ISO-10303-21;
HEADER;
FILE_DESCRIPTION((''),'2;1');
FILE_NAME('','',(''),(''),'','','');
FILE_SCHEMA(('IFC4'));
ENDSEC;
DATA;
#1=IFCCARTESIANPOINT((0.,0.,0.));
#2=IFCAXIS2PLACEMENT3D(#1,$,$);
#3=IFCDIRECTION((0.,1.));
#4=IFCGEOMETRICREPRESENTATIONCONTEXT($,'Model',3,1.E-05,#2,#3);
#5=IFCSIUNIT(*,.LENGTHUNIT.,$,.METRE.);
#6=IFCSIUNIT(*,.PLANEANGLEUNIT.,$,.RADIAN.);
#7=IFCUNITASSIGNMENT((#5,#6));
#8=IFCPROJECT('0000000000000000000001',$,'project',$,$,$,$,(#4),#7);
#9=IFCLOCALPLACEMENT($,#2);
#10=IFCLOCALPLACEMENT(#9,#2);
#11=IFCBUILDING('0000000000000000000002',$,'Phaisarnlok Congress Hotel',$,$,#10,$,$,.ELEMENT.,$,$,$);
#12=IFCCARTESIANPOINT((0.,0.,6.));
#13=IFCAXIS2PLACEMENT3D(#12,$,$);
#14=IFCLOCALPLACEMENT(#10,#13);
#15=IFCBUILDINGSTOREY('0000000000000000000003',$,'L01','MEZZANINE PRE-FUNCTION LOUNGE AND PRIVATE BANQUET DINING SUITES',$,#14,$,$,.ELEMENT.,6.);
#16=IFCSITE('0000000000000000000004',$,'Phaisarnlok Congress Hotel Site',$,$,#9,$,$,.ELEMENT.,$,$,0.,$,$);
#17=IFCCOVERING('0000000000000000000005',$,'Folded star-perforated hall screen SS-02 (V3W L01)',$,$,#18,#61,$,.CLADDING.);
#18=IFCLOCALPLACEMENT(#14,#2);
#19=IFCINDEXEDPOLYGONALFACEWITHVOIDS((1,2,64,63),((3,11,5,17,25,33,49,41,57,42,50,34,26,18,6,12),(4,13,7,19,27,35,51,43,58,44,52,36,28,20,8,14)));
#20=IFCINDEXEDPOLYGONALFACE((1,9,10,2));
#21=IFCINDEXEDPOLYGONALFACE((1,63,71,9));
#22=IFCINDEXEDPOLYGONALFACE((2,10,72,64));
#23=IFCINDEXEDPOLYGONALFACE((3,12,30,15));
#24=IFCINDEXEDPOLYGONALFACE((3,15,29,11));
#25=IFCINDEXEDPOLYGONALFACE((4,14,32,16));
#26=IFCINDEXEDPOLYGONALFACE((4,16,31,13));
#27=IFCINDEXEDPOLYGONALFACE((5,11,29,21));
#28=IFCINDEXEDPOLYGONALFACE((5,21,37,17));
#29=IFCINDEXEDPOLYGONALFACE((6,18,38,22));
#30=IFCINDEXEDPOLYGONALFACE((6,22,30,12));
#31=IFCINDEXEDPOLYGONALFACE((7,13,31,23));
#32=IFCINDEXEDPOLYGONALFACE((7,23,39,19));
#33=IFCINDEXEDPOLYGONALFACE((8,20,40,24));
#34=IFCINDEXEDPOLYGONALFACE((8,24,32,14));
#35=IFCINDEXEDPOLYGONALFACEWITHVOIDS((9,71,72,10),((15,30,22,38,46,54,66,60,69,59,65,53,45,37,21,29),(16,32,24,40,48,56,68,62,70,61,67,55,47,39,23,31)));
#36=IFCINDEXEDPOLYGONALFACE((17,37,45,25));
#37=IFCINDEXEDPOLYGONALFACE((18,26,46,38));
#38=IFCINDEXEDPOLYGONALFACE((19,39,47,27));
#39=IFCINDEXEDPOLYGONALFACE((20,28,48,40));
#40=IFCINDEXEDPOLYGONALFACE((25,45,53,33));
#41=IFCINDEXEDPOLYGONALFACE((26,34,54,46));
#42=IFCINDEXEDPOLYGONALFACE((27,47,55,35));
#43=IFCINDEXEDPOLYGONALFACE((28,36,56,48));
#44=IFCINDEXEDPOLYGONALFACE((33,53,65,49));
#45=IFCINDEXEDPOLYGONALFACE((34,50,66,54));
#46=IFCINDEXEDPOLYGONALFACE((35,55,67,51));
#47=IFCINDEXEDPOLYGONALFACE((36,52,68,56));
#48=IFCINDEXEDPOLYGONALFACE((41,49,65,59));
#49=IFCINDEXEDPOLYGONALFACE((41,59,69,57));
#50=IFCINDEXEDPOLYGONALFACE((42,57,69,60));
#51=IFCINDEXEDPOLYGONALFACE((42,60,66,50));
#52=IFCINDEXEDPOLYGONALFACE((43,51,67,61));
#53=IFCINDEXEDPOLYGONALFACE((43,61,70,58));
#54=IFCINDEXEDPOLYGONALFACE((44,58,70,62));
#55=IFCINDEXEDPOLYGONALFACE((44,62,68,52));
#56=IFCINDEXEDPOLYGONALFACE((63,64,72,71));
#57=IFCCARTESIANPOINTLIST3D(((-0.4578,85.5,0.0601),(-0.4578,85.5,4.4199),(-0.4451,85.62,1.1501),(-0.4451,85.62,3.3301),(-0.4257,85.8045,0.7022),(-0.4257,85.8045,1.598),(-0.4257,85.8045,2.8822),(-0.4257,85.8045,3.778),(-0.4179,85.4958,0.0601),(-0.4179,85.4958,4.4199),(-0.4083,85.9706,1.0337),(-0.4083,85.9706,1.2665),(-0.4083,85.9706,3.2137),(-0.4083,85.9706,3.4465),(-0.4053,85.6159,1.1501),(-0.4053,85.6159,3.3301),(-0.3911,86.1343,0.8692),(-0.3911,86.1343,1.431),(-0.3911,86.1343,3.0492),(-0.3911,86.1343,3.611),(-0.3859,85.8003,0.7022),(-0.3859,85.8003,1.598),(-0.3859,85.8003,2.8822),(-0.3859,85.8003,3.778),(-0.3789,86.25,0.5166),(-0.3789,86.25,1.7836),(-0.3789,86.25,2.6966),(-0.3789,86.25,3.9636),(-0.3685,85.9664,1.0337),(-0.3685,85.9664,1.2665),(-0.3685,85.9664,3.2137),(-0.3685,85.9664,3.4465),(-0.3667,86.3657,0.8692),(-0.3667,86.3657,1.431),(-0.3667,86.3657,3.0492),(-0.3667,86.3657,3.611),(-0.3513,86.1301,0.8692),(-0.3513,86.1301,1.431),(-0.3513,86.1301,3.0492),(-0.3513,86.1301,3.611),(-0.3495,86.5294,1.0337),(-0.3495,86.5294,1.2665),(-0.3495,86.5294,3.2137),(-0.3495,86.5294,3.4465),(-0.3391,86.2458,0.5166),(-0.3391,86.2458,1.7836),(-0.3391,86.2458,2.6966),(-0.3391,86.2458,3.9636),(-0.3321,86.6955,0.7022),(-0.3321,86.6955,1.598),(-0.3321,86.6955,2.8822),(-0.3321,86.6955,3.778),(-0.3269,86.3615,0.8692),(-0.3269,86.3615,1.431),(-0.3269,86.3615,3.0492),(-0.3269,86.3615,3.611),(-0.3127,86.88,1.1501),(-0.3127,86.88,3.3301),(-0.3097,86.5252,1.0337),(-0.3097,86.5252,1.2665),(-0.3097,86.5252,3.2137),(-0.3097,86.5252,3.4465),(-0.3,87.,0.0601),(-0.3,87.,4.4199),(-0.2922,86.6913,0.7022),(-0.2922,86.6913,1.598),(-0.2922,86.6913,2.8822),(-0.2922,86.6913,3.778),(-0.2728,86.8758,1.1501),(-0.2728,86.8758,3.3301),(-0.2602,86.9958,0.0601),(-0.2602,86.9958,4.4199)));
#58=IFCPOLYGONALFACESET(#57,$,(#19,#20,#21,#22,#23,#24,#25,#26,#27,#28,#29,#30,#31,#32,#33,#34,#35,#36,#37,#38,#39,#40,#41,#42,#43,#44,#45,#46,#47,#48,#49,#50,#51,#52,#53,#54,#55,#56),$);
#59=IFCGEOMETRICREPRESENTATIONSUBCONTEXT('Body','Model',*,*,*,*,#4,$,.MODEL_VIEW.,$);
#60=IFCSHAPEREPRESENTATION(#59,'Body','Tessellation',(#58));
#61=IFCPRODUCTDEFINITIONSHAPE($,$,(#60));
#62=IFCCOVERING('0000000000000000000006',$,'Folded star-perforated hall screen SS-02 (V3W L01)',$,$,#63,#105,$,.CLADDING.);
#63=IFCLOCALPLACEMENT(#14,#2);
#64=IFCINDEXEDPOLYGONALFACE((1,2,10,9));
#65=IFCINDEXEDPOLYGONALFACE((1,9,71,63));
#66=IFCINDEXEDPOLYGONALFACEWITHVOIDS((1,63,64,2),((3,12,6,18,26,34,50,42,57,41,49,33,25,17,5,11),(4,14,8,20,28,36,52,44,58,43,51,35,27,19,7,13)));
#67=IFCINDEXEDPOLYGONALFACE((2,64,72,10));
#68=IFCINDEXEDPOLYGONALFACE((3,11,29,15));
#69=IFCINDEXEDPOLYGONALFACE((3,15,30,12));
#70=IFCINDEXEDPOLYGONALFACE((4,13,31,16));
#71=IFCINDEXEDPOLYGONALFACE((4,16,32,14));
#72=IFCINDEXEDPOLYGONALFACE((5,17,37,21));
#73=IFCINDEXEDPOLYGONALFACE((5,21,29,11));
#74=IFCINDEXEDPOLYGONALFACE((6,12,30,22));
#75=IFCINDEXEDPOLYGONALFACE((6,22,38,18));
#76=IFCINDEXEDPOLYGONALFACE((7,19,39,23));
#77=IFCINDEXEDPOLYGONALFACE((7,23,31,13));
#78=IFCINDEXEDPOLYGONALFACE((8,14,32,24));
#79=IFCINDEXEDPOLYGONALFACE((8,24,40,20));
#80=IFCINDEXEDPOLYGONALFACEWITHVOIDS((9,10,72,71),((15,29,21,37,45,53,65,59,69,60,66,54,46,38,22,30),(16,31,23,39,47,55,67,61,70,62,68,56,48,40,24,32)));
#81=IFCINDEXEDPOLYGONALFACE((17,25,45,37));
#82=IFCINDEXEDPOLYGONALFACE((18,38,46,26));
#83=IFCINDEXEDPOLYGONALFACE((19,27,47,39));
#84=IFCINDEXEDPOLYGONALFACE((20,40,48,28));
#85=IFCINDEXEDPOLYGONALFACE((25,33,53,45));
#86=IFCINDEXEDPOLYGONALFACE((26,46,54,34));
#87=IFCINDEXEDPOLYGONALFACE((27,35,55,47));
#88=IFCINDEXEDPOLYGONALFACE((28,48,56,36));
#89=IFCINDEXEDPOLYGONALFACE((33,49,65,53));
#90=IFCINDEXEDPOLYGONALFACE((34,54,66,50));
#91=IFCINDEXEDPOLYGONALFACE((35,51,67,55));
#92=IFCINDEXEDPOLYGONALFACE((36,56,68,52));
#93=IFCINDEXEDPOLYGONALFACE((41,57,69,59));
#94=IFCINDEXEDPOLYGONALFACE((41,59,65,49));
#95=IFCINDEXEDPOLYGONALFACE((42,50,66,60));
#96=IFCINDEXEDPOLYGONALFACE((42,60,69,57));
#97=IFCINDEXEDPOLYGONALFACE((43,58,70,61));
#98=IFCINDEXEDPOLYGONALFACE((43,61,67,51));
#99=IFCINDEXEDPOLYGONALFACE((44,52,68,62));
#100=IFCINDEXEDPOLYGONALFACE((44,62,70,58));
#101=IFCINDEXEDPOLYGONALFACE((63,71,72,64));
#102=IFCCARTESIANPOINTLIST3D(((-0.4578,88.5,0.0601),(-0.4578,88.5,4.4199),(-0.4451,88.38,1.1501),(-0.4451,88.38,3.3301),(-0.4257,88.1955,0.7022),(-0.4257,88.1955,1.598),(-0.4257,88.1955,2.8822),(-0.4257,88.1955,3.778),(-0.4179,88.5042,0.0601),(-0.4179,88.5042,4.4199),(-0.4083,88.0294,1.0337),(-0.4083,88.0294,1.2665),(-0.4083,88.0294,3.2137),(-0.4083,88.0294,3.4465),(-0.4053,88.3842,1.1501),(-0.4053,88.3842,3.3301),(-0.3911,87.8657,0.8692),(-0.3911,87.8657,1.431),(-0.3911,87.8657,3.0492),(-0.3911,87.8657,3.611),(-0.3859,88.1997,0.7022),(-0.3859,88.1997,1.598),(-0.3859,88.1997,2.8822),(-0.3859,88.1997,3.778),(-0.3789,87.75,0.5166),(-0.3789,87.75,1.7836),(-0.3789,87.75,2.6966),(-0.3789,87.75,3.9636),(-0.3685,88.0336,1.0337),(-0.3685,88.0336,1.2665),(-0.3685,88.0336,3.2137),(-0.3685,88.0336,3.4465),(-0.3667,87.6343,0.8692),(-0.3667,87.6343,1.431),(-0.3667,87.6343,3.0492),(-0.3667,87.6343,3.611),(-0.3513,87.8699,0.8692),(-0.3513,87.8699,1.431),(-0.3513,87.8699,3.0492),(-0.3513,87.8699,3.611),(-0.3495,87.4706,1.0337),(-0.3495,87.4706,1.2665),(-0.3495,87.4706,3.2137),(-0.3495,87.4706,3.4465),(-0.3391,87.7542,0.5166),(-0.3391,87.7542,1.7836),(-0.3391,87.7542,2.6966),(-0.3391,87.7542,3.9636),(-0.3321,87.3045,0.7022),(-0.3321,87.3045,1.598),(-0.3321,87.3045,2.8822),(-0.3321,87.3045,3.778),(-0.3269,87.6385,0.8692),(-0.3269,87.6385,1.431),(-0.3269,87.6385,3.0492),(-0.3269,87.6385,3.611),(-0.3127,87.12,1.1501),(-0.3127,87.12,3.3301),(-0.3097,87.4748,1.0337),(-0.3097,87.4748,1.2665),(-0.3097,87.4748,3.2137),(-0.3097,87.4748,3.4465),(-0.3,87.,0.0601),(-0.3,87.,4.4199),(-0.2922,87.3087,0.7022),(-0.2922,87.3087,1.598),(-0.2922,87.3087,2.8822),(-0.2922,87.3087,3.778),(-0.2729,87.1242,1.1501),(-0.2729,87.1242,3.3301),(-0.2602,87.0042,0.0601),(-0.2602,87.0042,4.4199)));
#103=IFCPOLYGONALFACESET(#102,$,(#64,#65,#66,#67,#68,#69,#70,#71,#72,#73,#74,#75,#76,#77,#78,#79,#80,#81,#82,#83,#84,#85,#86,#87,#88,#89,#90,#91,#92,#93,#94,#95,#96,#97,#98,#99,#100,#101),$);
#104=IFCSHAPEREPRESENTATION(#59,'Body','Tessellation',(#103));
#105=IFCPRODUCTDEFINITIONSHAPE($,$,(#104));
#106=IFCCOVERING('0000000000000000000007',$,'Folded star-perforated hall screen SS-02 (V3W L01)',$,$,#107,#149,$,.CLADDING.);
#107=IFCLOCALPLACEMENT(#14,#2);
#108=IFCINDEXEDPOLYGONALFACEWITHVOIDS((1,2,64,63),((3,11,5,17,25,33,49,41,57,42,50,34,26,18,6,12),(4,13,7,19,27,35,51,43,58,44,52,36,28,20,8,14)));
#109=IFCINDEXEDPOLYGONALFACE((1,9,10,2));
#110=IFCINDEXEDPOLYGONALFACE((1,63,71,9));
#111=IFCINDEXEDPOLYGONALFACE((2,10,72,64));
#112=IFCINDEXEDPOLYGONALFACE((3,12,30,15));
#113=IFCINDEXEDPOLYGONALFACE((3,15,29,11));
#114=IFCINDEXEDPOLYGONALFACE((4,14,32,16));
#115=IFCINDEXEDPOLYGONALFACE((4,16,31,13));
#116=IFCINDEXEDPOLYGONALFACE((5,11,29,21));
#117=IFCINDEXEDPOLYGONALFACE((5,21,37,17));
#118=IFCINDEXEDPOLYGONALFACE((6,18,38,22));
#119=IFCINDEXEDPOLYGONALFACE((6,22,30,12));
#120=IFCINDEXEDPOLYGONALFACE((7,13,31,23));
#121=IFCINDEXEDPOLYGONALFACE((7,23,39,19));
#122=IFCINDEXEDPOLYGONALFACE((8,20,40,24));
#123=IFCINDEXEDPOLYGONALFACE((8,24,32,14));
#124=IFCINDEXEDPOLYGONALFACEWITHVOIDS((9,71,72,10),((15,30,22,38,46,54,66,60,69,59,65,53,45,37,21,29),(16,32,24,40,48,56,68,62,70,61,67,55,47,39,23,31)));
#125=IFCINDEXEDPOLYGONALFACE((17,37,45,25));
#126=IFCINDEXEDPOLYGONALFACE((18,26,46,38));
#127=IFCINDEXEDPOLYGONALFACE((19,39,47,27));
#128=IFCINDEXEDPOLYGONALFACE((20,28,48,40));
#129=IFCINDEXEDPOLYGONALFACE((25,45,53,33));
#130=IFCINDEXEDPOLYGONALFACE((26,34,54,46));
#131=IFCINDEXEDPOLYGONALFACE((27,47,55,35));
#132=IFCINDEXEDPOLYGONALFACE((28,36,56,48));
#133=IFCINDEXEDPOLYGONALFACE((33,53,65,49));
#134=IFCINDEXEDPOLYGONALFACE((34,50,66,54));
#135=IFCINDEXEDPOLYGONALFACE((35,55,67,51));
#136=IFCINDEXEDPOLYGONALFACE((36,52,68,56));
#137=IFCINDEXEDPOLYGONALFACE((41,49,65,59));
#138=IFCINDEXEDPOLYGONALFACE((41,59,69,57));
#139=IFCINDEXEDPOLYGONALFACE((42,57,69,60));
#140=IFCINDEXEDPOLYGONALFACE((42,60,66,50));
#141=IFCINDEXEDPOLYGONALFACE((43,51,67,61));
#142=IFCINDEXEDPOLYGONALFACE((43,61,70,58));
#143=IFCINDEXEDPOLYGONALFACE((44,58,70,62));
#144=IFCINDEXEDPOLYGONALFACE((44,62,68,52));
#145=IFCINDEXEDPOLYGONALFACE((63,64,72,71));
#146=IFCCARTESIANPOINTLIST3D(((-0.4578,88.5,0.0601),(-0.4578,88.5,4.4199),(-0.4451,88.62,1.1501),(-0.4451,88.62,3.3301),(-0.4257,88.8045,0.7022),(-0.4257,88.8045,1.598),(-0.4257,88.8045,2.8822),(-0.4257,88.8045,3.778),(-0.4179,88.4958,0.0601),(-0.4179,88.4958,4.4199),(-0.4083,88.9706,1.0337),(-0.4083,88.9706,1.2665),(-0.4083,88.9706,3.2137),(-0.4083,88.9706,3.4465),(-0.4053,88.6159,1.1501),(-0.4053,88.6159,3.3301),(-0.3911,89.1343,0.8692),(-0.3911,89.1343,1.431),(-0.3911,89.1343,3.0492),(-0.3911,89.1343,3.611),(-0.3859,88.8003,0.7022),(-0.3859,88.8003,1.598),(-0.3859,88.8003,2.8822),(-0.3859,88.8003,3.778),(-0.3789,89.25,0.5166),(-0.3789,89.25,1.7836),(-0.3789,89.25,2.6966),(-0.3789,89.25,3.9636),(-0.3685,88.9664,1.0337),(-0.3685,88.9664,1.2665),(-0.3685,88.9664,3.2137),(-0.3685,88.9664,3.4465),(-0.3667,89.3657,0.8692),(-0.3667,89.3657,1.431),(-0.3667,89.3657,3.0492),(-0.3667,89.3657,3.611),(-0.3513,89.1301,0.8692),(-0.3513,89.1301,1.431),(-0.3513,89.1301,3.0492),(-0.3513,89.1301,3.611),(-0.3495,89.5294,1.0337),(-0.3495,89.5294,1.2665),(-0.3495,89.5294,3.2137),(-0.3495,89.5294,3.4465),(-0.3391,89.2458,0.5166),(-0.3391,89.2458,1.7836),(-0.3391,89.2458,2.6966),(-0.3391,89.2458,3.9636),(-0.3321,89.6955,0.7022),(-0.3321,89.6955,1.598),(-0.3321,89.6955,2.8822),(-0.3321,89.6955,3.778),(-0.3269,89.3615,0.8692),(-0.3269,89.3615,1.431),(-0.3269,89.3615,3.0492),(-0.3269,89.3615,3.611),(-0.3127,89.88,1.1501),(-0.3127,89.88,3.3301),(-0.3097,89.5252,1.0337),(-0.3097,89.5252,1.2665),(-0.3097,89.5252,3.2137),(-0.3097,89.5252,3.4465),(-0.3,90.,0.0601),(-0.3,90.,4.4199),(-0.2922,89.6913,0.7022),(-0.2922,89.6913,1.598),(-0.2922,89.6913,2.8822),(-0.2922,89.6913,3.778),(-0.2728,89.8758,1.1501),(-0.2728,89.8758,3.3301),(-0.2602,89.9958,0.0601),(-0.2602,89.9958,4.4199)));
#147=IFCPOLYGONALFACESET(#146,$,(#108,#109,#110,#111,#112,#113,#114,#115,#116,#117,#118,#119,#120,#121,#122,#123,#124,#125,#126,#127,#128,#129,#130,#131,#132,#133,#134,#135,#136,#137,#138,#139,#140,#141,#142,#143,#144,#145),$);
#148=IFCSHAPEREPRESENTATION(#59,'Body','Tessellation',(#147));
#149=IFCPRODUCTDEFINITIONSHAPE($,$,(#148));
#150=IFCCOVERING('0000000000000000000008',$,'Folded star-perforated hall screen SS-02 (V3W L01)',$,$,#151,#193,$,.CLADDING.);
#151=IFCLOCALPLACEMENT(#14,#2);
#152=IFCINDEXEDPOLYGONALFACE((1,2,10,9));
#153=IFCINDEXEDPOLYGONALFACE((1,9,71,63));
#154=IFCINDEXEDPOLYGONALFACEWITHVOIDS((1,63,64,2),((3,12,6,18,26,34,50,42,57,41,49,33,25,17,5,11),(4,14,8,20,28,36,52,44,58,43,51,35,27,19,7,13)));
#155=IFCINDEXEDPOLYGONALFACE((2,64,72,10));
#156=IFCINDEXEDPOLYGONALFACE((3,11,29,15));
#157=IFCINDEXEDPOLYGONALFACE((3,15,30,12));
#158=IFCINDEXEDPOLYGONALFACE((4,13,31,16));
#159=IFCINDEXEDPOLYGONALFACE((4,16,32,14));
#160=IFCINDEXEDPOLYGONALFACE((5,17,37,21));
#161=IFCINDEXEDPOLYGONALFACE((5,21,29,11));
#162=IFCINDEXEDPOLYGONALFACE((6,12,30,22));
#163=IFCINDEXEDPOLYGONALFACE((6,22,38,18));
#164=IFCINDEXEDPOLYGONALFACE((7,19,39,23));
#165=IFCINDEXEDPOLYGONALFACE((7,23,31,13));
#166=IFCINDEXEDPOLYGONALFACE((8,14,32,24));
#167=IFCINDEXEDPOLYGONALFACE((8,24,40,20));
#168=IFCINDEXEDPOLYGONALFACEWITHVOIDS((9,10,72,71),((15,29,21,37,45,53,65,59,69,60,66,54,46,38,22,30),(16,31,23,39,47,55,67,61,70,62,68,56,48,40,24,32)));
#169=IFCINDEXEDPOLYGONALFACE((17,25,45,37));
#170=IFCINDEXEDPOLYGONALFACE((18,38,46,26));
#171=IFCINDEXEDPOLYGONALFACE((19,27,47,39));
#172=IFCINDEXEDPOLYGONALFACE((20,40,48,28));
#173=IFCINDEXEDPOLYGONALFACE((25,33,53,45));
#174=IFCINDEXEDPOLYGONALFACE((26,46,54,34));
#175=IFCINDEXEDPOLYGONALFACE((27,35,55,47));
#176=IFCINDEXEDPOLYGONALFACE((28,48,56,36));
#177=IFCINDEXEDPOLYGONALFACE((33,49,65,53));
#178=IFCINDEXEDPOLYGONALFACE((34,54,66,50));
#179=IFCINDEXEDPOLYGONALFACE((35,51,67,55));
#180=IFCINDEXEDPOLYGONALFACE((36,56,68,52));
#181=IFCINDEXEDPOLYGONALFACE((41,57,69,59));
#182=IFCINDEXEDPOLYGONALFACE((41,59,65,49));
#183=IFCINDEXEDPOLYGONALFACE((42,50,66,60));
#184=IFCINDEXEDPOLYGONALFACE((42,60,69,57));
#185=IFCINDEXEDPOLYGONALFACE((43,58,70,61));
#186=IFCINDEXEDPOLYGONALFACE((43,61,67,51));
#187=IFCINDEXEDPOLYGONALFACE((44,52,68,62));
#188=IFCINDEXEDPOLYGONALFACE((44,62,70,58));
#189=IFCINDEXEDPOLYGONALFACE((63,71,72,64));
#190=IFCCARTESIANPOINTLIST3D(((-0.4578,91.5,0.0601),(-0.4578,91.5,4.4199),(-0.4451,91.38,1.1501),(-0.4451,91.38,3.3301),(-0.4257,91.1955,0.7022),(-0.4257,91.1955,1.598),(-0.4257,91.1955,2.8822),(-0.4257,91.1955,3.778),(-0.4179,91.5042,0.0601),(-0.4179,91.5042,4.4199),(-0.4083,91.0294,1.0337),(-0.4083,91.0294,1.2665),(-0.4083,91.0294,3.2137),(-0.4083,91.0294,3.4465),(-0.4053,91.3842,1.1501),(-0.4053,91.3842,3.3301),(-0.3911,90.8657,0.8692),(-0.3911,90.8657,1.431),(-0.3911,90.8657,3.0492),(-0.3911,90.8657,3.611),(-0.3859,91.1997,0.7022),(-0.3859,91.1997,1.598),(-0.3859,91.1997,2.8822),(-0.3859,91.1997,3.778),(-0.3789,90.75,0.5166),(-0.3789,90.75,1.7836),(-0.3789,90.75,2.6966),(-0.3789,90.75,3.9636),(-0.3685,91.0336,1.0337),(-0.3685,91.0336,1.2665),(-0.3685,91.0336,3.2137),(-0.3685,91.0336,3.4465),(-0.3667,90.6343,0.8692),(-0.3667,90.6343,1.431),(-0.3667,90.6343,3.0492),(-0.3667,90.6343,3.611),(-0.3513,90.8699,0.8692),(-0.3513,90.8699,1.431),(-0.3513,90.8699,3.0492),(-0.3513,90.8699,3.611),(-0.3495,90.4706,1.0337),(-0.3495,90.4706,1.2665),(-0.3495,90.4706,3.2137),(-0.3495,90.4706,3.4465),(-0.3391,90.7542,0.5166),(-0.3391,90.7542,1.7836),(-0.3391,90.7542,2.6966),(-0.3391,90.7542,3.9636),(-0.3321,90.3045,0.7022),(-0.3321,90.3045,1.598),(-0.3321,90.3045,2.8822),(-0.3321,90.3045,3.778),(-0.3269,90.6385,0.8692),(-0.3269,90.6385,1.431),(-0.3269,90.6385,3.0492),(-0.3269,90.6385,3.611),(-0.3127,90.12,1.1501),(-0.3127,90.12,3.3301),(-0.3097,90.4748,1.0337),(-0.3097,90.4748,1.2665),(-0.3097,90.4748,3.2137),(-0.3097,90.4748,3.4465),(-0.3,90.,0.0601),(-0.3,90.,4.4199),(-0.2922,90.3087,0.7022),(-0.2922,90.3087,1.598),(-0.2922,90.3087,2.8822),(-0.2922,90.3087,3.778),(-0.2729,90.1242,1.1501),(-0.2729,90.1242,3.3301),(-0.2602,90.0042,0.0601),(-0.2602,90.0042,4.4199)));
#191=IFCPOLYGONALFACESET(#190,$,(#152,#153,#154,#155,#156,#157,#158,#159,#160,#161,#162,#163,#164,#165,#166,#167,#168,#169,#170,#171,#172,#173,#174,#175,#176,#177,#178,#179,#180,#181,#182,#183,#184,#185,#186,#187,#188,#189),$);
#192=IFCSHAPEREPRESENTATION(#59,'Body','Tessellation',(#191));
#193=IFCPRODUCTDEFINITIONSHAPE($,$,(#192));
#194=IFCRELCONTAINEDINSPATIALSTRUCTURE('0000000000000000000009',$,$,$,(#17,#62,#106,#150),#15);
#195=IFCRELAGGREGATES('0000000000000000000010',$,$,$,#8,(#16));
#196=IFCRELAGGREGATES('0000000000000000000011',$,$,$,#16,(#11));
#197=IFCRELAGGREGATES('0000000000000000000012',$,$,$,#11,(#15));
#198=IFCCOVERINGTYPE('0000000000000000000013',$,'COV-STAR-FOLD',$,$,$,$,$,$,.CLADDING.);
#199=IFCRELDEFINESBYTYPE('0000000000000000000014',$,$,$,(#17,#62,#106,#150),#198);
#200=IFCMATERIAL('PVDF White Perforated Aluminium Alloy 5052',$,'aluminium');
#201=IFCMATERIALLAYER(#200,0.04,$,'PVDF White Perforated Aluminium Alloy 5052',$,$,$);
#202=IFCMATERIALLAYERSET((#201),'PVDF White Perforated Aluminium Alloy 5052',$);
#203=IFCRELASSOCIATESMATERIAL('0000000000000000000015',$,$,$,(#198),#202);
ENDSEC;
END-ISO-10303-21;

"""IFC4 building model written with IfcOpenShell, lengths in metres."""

from ifc_helpers import new_model, si_unit, direction, frame, origin, place, context, subcontext, project, spatial, polyline, outline, extrude, material, layer, layer_set, type_object, element, save


model = new_model("IFC4")

# Units and contexts
model_context = context("Model", 3, precision=1e-05, world=origin(), true_north=direction((0.0, 1.0)))
body_context = subcontext(model_context, "Body", "Model", "MODEL_VIEW")
ifc_project = project(units=[si_unit("LENGTHUNIT", "METRE"), si_unit("PLANEANGLEUNIT", "RADIAN")], contexts=[model_context])

# Site, building, storey
site_placement = place(None, origin())
site = spatial("IfcSite", under=ifc_project, at=site_placement, Name="Phaisarnlok Congress Hotel Site", CompositionType="ELEMENT", RefElevation=0.0)
building_placement = place(site_placement, origin())
building = spatial("IfcBuilding", under=site, at=building_placement, Name="Phaisarnlok Congress Hotel", CompositionType="ELEMENT")
storey_placement = place(building_placement, frame((0.0, 0.0, 6.0)))
storey = spatial("IfcBuildingStorey", under=building, at=storey_placement, Name="L01", Description="MEZZANINE PRE-FUNCTION LOUNGE AND PRIVATE BANQUET DINING SUITES", CompositionType="ELEMENT", Elevation=6.0)

# Coverings
ifc_material_1 = material(Name="PVDF White Perforated Aluminium Alloy 5052", Category="aluminium")
ifc_layer = layer(ifc_material_1, 0.04, Name="PVDF White Perforated Aluminium Alloy 5052")
ifc_layer_set = layer_set([ifc_layer], Name="PVDF White Perforated Aluminium Alloy 5052")
covering_type = type_object("IfcCoveringType", Name="COV-STAR-FOLD", PredefinedType="CLADDING", material=ifc_layer_set)
for number, where, z_axis, x_axis, name in (
    (1, (-0.4578, 85.5, 0.0601), (0.994518, -0.104567, 0.0), (0.104567, 0.994518, 0.0), "Folded star-perforated hall screen SS-02 (V3W L01)"),
    (2, (-0.3, 87.0, 0.0601), (0.994518, 0.104567, 0.0), (-0.104567, 0.994518, 0.0), "Folded star-perforated hall screen SS-02 (V3W L01)"),
    (3, (-0.4578, 88.5, 0.0601), (0.994518, -0.104567, 0.0), (0.104567, 0.994518, 0.0), "Folded star-perforated hall screen SS-02 (V3W L01)"),
    (4, (-0.3, 90.0, 0.0601), (0.994518, 0.104567, 0.0), (-0.104567, 0.994518, 0.0), "Folded star-perforated hall screen SS-02 (V3W L01)"),
):
    element("IfcCovering", number, at=place(storey_placement, frame(where, z_axis=z_axis, x_axis=x_axis)), inside=storey, type_object=covering_type, Name=name, PredefinedType="CLADDING", context=body_context, shape_type="SweptSolid", body=[
        extrude(outline(polyline([(0.0, 0.0), (1.5083, 0.0), (1.5083, 4.3599), (0.0, 4.3599), (0.0, 0.0)]), holes=[polyline([(1.0351, 0.9736), (1.2021, 0.6421), (0.8705, 0.8091), (0.7541, 0.4565), (0.6378, 0.8091), (0.3062, 0.6421), (0.4732, 0.9736), (0.1207, 1.09), (0.4732, 1.2064), (0.3062, 1.5379), (0.6378, 1.3709), (0.7541, 1.7235), (0.8705, 1.3709), (1.2021, 1.5379), (1.0351, 1.2064), (1.3876, 1.09), (1.0351, 0.9736)]), polyline([(1.0351, 3.1536), (1.2021, 2.8221), (0.8705, 2.9891), (0.7541, 2.6365), (0.6378, 2.9891), (0.3062, 2.8221), (0.4732, 3.1536), (0.1207, 3.27), (0.4732, 3.3864), (0.3062, 3.7179), (0.6378, 3.5509), (0.7541, 3.9035), (0.8705, 3.5509), (1.2021, 3.7179), (1.0351, 3.3864), (1.3876, 3.27), (1.0351, 3.1536)])]), origin(), (0.0, 0.0, 1.0), 0.04),
    ])

save(model, "model.ifc")
